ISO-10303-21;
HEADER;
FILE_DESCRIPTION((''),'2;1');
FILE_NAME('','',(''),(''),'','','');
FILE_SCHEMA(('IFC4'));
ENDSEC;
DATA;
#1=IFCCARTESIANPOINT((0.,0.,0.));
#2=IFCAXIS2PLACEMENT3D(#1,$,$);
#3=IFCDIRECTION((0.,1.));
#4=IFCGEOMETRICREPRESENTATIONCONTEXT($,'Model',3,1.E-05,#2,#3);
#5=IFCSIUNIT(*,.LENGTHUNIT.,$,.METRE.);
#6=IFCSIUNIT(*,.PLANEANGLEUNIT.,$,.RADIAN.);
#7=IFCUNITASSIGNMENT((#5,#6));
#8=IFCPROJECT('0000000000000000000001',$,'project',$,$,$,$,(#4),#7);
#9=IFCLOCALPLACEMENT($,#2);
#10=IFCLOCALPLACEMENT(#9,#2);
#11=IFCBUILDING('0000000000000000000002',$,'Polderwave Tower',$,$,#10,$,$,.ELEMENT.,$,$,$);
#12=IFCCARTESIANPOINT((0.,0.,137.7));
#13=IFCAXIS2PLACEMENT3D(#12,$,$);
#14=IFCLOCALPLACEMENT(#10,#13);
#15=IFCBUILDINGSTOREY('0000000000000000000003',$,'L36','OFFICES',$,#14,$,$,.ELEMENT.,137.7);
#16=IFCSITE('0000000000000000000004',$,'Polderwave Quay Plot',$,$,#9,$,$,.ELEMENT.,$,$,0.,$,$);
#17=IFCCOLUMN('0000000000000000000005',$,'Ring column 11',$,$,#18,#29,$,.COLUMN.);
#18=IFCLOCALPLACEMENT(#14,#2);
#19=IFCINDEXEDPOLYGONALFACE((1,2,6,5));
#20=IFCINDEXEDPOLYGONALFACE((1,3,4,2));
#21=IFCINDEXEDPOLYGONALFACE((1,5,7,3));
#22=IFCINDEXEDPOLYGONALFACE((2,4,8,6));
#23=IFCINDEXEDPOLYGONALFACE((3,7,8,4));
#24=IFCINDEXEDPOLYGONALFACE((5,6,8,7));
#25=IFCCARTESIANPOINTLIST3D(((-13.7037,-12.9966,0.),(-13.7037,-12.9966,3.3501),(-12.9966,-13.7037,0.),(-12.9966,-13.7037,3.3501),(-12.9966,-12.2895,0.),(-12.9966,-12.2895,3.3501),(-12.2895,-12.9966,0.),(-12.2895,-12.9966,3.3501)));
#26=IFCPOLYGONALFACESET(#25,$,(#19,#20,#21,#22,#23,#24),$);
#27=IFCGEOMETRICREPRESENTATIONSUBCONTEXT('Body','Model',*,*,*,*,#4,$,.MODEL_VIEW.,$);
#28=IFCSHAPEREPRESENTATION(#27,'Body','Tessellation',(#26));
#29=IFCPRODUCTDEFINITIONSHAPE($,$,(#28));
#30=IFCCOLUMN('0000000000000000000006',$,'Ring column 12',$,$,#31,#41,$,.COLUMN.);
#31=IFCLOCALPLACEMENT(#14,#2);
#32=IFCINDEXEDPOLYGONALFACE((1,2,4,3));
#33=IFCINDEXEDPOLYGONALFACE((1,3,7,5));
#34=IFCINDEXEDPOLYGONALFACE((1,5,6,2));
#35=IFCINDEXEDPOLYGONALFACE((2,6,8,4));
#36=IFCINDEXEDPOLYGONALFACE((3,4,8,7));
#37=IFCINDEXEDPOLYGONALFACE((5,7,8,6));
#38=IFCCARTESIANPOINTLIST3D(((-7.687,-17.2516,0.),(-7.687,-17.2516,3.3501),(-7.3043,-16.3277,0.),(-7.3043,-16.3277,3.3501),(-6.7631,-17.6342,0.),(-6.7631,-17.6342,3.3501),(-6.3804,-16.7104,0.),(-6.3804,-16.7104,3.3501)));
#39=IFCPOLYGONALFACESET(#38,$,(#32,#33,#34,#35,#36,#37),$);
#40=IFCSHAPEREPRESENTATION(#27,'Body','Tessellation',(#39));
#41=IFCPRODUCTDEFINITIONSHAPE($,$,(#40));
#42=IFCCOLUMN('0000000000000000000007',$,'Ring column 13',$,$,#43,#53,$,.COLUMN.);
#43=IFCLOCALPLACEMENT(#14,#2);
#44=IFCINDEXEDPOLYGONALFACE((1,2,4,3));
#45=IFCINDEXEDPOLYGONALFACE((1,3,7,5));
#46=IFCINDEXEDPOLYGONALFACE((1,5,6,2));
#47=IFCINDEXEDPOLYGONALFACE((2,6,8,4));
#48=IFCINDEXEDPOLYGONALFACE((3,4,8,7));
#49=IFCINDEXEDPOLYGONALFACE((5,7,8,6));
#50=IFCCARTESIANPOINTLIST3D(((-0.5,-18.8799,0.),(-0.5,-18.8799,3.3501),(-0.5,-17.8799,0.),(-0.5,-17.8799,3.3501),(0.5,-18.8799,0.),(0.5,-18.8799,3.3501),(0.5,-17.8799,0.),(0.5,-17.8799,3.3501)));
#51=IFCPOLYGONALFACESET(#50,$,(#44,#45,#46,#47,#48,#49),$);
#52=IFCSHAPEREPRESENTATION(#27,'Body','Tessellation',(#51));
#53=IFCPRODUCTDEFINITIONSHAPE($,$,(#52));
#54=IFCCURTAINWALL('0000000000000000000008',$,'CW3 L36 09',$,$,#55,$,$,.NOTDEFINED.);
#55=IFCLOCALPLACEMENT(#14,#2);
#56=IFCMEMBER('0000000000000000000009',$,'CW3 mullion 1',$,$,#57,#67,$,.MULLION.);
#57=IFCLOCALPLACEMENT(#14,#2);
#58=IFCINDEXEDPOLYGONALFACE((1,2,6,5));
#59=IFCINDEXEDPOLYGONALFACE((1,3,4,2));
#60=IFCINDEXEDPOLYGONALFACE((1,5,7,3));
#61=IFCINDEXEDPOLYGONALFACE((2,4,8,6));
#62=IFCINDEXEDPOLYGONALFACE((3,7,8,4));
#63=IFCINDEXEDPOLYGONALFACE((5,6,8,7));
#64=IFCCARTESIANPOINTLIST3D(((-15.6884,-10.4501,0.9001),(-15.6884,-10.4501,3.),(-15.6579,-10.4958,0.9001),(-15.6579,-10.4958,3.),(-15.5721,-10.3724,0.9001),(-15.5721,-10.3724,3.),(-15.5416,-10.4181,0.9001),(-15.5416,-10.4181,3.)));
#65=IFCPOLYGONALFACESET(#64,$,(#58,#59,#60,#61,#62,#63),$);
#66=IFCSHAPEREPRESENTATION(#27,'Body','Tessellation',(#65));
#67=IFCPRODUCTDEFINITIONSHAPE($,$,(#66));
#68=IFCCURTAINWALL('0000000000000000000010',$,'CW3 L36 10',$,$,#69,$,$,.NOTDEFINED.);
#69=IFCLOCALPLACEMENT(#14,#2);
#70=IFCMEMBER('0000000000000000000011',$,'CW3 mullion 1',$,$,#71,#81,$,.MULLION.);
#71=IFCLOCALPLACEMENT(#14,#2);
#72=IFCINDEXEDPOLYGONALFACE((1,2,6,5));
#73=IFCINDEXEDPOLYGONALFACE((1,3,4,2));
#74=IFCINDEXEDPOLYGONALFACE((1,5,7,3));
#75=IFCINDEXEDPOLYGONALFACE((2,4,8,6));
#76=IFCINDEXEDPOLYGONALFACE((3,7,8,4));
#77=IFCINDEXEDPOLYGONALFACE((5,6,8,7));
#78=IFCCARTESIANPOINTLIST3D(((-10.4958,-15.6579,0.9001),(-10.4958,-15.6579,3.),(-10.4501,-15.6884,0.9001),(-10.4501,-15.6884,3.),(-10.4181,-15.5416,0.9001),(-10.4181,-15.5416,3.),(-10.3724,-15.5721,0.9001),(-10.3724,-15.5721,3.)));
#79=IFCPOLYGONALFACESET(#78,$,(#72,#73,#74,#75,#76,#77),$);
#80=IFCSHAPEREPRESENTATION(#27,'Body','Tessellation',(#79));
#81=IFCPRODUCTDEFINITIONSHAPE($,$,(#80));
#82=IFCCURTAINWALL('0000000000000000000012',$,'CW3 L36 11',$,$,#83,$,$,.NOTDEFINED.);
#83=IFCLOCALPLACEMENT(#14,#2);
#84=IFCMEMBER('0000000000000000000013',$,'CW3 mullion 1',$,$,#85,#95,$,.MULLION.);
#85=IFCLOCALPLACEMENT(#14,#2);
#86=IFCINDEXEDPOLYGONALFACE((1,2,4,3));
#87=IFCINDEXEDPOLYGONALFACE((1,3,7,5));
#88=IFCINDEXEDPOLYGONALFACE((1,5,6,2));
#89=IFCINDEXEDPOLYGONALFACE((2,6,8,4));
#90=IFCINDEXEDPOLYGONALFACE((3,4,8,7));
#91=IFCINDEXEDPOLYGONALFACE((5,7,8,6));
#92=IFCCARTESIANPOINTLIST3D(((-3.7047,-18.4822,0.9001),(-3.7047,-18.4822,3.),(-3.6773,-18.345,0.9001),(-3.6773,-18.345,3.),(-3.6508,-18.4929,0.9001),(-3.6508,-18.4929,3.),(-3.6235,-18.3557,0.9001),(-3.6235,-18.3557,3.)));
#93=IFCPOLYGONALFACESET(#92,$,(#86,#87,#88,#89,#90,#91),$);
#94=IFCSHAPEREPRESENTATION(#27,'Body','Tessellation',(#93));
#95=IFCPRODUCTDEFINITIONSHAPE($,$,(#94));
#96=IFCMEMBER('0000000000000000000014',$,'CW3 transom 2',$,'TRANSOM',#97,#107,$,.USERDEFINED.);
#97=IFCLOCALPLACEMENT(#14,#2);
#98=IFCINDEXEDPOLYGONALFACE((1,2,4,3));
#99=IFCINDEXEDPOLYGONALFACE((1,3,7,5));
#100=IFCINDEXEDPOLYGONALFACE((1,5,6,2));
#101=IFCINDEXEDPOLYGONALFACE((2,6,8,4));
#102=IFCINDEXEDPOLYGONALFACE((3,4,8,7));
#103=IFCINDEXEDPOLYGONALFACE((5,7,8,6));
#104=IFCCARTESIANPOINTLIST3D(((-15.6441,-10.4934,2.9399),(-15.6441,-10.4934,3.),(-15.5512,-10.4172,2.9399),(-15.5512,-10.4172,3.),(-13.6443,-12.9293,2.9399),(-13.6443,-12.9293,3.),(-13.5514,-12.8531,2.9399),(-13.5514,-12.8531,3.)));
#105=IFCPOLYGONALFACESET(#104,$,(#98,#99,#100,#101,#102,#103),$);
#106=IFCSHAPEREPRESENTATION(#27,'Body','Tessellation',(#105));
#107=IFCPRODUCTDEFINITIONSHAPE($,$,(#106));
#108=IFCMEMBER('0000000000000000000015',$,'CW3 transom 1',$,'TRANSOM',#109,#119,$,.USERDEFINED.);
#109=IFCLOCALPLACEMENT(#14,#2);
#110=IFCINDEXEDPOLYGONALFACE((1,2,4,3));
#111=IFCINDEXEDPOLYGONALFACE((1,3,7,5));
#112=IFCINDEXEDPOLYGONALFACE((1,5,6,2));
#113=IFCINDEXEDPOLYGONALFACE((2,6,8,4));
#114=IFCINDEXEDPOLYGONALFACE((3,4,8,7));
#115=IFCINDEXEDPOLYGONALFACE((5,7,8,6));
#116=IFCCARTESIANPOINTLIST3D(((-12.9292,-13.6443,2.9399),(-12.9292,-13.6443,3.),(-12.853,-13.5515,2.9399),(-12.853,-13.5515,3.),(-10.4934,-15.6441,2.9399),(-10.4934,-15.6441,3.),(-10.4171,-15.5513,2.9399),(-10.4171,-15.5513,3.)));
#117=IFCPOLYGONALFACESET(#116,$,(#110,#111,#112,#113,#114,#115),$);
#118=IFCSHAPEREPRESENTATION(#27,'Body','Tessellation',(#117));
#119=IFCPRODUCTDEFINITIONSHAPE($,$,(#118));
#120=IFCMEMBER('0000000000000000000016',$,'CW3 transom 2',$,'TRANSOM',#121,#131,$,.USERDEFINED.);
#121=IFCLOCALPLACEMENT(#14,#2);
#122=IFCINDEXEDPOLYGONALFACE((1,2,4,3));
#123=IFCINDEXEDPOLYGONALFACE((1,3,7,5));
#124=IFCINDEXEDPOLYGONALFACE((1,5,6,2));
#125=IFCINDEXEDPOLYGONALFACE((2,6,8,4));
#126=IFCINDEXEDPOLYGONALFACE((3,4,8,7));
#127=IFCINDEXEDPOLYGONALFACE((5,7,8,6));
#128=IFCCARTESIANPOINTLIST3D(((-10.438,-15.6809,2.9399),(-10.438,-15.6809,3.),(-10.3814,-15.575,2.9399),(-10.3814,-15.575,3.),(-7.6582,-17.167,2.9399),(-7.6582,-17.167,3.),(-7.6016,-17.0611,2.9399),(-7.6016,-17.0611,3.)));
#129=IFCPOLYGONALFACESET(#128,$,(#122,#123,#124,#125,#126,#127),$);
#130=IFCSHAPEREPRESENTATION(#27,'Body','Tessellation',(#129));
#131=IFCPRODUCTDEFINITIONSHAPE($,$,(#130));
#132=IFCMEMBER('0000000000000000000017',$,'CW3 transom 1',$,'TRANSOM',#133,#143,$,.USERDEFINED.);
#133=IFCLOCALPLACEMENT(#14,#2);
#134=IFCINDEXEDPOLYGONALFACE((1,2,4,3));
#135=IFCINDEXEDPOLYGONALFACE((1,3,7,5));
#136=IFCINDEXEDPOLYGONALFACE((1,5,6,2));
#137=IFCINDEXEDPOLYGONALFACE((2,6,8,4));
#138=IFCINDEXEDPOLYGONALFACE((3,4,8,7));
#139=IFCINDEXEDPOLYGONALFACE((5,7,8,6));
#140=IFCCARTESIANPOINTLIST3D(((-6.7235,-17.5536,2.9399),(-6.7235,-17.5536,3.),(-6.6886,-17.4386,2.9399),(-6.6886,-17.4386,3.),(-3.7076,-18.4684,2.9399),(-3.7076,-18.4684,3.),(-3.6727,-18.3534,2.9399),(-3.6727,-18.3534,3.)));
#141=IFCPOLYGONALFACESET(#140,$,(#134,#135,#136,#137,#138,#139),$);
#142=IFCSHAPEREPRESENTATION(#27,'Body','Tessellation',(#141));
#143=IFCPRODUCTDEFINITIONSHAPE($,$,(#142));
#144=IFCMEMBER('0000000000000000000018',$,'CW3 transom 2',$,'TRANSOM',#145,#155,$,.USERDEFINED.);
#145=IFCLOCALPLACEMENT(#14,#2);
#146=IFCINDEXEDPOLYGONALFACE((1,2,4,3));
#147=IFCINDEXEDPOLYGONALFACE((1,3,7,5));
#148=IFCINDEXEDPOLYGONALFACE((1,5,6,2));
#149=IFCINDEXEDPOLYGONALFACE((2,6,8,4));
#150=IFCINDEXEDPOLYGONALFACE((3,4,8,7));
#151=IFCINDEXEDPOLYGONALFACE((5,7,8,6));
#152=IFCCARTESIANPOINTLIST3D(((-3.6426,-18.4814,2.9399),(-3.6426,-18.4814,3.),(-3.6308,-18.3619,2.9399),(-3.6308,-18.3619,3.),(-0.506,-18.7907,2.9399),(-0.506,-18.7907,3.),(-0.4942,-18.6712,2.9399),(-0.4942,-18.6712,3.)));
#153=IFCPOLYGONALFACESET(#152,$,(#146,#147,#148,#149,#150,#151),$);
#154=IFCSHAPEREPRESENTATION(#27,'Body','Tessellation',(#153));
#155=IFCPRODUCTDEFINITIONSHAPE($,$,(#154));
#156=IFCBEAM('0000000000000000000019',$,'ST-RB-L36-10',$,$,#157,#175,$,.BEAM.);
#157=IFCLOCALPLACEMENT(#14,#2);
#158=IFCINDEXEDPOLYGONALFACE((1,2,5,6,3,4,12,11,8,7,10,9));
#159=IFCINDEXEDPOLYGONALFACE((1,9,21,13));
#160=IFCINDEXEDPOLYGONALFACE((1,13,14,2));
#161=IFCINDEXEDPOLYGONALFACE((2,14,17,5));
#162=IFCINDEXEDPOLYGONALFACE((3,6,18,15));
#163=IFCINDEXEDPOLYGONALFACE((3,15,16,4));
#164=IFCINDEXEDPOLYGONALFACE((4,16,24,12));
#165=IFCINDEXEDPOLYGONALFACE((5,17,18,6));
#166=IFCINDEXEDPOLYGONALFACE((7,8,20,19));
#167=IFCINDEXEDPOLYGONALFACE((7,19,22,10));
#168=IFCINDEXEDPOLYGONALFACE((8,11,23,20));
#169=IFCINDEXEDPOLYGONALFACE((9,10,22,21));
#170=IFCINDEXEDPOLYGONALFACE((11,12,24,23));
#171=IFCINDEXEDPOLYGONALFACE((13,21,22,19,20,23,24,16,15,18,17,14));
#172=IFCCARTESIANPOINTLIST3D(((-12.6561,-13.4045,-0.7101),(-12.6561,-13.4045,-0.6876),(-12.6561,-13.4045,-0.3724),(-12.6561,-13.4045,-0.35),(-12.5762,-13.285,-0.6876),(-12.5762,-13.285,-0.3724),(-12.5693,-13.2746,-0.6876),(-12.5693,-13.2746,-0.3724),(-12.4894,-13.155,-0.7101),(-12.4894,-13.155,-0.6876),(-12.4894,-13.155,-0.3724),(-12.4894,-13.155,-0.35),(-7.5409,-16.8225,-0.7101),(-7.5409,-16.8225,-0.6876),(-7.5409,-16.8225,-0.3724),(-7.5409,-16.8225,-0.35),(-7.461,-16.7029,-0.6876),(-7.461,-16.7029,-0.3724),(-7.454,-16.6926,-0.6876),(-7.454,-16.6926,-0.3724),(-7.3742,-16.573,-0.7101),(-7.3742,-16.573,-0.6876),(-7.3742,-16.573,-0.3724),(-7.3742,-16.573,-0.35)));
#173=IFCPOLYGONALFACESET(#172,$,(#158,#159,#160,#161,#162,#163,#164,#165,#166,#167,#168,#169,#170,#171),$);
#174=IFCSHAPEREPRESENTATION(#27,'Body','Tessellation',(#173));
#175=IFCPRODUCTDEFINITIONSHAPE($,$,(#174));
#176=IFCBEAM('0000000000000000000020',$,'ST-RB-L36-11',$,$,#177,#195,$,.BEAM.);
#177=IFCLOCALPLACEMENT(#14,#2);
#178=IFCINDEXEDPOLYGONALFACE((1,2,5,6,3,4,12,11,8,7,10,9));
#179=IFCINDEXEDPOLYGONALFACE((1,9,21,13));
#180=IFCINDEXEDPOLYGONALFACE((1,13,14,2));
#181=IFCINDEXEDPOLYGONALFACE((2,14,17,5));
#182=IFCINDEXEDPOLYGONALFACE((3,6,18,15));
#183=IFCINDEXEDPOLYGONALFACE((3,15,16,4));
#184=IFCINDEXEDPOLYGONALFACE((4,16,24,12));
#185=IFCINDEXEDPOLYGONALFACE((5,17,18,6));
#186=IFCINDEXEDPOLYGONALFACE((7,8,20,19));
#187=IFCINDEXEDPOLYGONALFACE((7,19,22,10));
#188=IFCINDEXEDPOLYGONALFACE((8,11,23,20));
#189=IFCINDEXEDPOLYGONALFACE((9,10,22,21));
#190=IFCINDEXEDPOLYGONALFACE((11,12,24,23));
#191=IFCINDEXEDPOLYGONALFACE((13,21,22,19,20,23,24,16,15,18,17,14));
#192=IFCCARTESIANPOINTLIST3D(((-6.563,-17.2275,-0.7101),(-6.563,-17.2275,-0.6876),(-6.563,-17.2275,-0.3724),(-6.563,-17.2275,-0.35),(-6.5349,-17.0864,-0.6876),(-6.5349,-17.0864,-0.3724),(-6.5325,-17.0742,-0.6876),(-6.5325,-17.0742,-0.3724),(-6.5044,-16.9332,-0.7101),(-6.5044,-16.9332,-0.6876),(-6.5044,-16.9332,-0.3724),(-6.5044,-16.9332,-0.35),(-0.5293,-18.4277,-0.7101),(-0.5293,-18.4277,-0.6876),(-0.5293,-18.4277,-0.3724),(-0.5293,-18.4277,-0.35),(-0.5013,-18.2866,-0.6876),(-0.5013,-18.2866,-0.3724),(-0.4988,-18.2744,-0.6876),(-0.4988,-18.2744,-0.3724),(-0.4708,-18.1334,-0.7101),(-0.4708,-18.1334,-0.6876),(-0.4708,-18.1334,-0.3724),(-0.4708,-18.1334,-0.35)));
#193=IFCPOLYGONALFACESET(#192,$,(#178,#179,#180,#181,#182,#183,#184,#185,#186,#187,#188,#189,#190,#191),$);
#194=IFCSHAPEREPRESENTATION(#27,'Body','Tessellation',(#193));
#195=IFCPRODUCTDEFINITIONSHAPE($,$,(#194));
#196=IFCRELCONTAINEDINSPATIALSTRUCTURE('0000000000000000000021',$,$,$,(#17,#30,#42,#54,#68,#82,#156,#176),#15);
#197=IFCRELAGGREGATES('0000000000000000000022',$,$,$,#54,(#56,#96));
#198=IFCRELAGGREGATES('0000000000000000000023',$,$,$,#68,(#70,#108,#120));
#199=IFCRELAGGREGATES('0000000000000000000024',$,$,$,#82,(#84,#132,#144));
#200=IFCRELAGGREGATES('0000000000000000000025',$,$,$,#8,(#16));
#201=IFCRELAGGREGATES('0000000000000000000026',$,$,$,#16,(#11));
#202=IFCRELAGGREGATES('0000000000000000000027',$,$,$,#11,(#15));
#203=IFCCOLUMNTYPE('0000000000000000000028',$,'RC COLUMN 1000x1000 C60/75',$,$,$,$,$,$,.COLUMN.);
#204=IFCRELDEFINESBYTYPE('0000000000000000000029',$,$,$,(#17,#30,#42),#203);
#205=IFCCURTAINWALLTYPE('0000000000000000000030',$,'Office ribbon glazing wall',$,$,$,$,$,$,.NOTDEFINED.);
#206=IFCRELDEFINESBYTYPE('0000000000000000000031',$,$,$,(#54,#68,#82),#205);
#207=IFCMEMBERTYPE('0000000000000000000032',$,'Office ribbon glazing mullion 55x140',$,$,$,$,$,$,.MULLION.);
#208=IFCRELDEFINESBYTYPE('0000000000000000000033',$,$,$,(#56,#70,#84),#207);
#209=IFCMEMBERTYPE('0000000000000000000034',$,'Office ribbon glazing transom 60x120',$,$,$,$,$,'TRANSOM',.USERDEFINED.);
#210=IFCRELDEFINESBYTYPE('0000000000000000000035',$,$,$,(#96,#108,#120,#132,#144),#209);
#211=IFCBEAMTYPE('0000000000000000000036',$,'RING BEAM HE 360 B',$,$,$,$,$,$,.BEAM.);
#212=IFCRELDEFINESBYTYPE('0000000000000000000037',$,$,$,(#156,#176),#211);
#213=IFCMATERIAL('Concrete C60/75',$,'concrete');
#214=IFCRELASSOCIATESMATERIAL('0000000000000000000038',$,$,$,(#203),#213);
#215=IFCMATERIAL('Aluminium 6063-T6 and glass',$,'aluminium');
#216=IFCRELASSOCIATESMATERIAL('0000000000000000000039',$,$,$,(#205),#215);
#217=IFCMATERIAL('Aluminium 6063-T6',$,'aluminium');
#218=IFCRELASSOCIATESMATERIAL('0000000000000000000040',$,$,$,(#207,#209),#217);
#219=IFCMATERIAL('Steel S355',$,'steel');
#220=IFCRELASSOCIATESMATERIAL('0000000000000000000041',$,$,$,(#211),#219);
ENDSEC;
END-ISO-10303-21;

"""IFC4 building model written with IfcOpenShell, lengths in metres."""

from ifc_helpers import new_model, si_unit, direction, frame, origin, origin_2d, place, context, subcontext, project, spatial, rectangle, i_section, extrude, material, material_profile, profile_set, type_object, element, aggregate, save


model = new_model("IFC4")

# Units and contexts
model_context = context("Model", 3, precision=1e-05, world=origin(), true_north=direction((0.0, 1.0)))
body_context = subcontext(model_context, "Body", "Model", "MODEL_VIEW")
ifc_project = project(units=[si_unit("LENGTHUNIT", "METRE"), si_unit("PLANEANGLEUNIT", "RADIAN")], contexts=[model_context])

# Site, building, storey
site_placement = place(None, origin())
site = spatial("IfcSite", under=ifc_project, at=site_placement, Name="Polderwave Quay Plot", CompositionType="ELEMENT", RefElevation=0.0)
building_placement = place(site_placement, origin())
building = spatial("IfcBuilding", under=site, at=building_placement, Name="Polderwave Tower", CompositionType="ELEMENT")
storey_placement = place(building_placement, frame((0.0, 0.0, 137.7)))
storey = spatial("IfcBuildingStorey", under=building, at=storey_placement, Name="L36", Description="OFFICES", CompositionType="ELEMENT", Elevation=137.7)

# Columns
ifc_material_1 = material(Name="Concrete C60/75", Category="concrete")
ifc_material_profile_1 = material_profile(ifc_material_1, rectangle(XDim=1.0, YDim=1.0, at=origin_2d()), Name="RC 1000x1000")
ifc_profile_set_1 = profile_set([ifc_material_profile_1], Name="Concrete C60/75")
column_type = type_object("IfcColumnType", Name="RC COLUMN 1000x1000 C60/75", PredefinedType="COLUMN", material=ifc_profile_set_1)
for number, where, z_axis, x_axis, name in (
    (1, (-12.9966, -12.9966, 0.0), (0.0, 0.0, 1.0), (-0.707107, -0.707107, 0.0), "Ring column 11"),
    (2, (-7.0337, -16.981, 0.0), (0.0, 0.0, 1.0), (-0.382683, -0.92388, 0.0), "Ring column 12"),
    (3, (0.0, -18.3799, 0.0), (0.0, 0.0, 1.0), (0.0, -1.0, 0.0), "Ring column 13"),
):
    element("IfcColumn", number, at=place(storey_placement, frame(where, z_axis=z_axis, x_axis=x_axis)), inside=storey, type_object=column_type, Name=name, PredefinedType="COLUMN", context=body_context, shape_type="SweptSolid", body=[
        extrude(rectangle(XDim=1.0, YDim=1.0, at=origin_2d()), origin(), (0.0, 0.0, 1.0), 3.3501),
    ])

# Curtain walls, members
ifc_material_2 = material(Name="Aluminium 6063-T6 and glass", Category="aluminium")
curtain_wall_type = type_object("IfcCurtainWallType", Name="Office ribbon glazing wall", PredefinedType="NOTDEFINED", material=ifc_material_2)
curtain_wall_1_placement = place(storey_placement, origin())
curtain_wall_1 = element("IfcCurtainWall", 4, at=curtain_wall_1_placement, inside=storey, type_object=curtain_wall_type, Name="CW3 L36 09", PredefinedType="NOTDEFINED")
ifc_material_3 = material(Name="Aluminium 6063-T6", Category="aluminium")
ifc_material_profile_2 = material_profile(ifc_material_3, rectangle(XDim=0.1399, YDim=0.0549, at=origin_2d()), Name="AL 55x140")
ifc_profile_set_2 = profile_set([ifc_material_profile_2], Name="Aluminium 6063-T6")
member_type_1 = type_object("IfcMemberType", Name="Office ribbon glazing mullion 55x140", PredefinedType="MULLION", material=ifc_profile_set_2)
member_1_placement = place(storey_placement, frame((-15.615, -10.4341, 0.9001), z_axis=(0.0, 0.0, 1.0), x_axis=(0.831411, 0.555657, 0.0)))
member_1 = element("IfcMember", 5, at=member_1_placement, type_object=member_type_1, Name="CW3 mullion 1", PredefinedType="MULLION", context=body_context, shape_type="SweptSolid", body=[
    extrude(rectangle(XDim=0.1399, YDim=0.0549, at=origin_2d()), origin(), (0.0, 0.0, 1.0), 2.0999),
])
curtain_wall_2_placement = place(storey_placement, origin())
curtain_wall_2 = element("IfcCurtainWall", 6, at=curtain_wall_2_placement, inside=storey, type_object=curtain_wall_type, Name="CW3 L36 10", PredefinedType="NOTDEFINED")
member_2_placement = place(storey_placement, frame((-10.4341, -15.615, 0.9001), z_axis=(0.0, 0.0, 1.0), x_axis=(0.555657, 0.831411, 0.0)))
member_2 = element("IfcMember", 7, at=member_2_placement, type_object=member_type_1, Name="CW3 mullion 1", PredefinedType="MULLION", context=body_context, shape_type="SweptSolid", body=[
    extrude(rectangle(XDim=0.1399, YDim=0.0549, at=origin_2d()), origin(), (0.0, 0.0, 1.0), 2.0999),
])
curtain_wall_3_placement = place(storey_placement, origin())
curtain_wall_3 = element("IfcCurtainWall", 8, at=curtain_wall_3_placement, inside=storey, type_object=curtain_wall_type, Name="CW3 L36 11", PredefinedType="NOTDEFINED")
member_3_placement = place(storey_placement, frame((-3.6641, -18.4189, 0.9001), z_axis=(0.0, 0.0, 1.0), x_axis=(0.195179, 0.980768, 0.0)))
member_3 = element("IfcMember", 9, at=member_3_placement, type_object=member_type_1, Name="CW3 mullion 1", PredefinedType="MULLION", context=body_context, shape_type="SweptSolid", body=[
    extrude(rectangle(XDim=0.1399, YDim=0.0549, at=origin_2d()), origin(), (0.0, 0.0, 1.0), 2.0999),
])

# Members
ifc_material_profile_3 = material_profile(ifc_material_3, rectangle(XDim=0.1201, YDim=0.0601, at=origin_2d()), Name="AL 60x120")
ifc_profile_set_3 = profile_set([ifc_material_profile_3], Name="Aluminium 6063-T6")
member_type_2 = type_object("IfcMemberType", Name="Office ribbon glazing transom 60x120", ElementType="TRANSOM", PredefinedType="USERDEFINED", material=ifc_profile_set_3)
member_4_placement = place(storey_placement, frame((-15.5977, -10.4553, 2.97), z_axis=(0.634536, -0.772893, 0.0), x_axis=(0.772893, 0.634536, 0.0)))
member_4 = element("IfcMember", 10, at=member_4_placement, type_object=member_type_2, Name="CW3 transom 2", ObjectType="TRANSOM", PredefinedType="USERDEFINED", context=body_context, shape_type="SweptSolid", body=[
    extrude(rectangle(XDim=0.1201, YDim=0.0601, at=origin_2d()), origin(), (0.0, 0.0, 1.0), 3.1516),
])
member_5_placement = place(storey_placement, frame((-12.8911, -13.5979, 2.97), z_axis=(0.772893, -0.634536, 0.0), x_axis=(0.634536, 0.772893, 0.0)))
member_5 = element("IfcMember", 11, at=member_5_placement, type_object=member_type_2, Name="CW3 transom 1", ObjectType="TRANSOM", PredefinedType="USERDEFINED", context=body_context, shape_type="SweptSolid", body=[
    extrude(rectangle(XDim=0.1201, YDim=0.0601, at=origin_2d()), origin(), (0.0, 0.0, 1.0), 3.1516),
])
member_6_placement = place(storey_placement, frame((-10.4097, -15.6279, 2.97), z_axis=(0.881887, -0.47146, 0.0), x_axis=(0.47146, 0.881887, 0.0)))
member_6 = element("IfcMember", 12, at=member_6_placement, type_object=member_type_2, Name="CW3 transom 2", ObjectType="TRANSOM", PredefinedType="USERDEFINED", context=body_context, shape_type="SweptSolid", body=[
    extrude(rectangle(XDim=0.1201, YDim=0.0601, at=origin_2d()), origin(), (0.0, 0.0, 1.0), 3.1521),
])
member_7_placement = place(storey_placement, frame((-6.7061, -17.4961, 2.97), z_axis=(0.956946, -0.290268, 0.0), x_axis=(0.290268, 0.956946, 0.0)))
member_7 = element("IfcMember", 13, at=member_7_placement, type_object=member_type_2, Name="CW3 transom 1", ObjectType="TRANSOM", PredefinedType="USERDEFINED", context=body_context, shape_type="SweptSolid", body=[
    extrude(rectangle(XDim=0.1201, YDim=0.0601, at=origin_2d()), origin(), (0.0, 0.0, 1.0), 3.1516),
])
member_8_placement = place(storey_placement, frame((-3.6367, -18.4216, 2.97), z_axis=(0.995173, -0.098139, 0.0), x_axis=(0.098139, 0.995173, 0.0)))
member_8 = element("IfcMember", 14, at=member_8_placement, type_object=member_type_2, Name="CW3 transom 2", ObjectType="TRANSOM", PredefinedType="USERDEFINED", context=body_context, shape_type="SweptSolid", body=[
    extrude(rectangle(XDim=0.1201, YDim=0.0601, at=origin_2d()), origin(), (0.0, 0.0, 1.0), 3.1519),
])

# Beams
ifc_material_4 = material(Name="Steel S355", Category="steel")
ifc_material_profile_4 = material_profile(ifc_material_4, i_section(OverallWidth=0.3, OverallDepth=0.3601, WebThickness=0.0125, FlangeThickness=0.0225, at=origin_2d()), Name="HE 360 B")
ifc_profile_set_4 = profile_set([ifc_material_profile_4], Name="Steel S355")
beam_type = type_object("IfcBeamType", Name="RING BEAM HE 360 B", PredefinedType="BEAM", material=ifc_profile_set_4)
beam_1_placement = place(storey_placement, frame((-12.5728, -13.2798, -0.53), z_axis=(0.831464, -0.555579, 0.0), x_axis=(0.555579, 0.831464, 0.0)))
element("IfcBeam", 15, at=beam_1_placement, inside=storey, type_object=beam_type, Name="ST-RB-L36-10", PredefinedType="BEAM", context=body_context, shape_type="SweptSolid", body=[
    extrude(i_section(OverallWidth=0.3, OverallDepth=0.3601, WebThickness=0.0125, FlangeThickness=0.0225, at=origin_2d()), origin(), (0.0, 0.0, 1.0), 6.1521),
])
beam_2_placement = place(storey_placement, frame((-6.5337, -17.0803, -0.53), z_axis=(0.980785, -0.195093, 0.0), x_axis=(0.195093, 0.980785, 0.0)))
element("IfcBeam", 16, at=beam_2_placement, inside=storey, type_object=beam_type, Name="ST-RB-L36-11", PredefinedType="BEAM", context=body_context, shape_type="SweptSolid", body=[
    extrude(i_section(OverallWidth=0.3, OverallDepth=0.3601, WebThickness=0.0125, FlangeThickness=0.0225, at=origin_2d()), origin(), (0.0, 0.0, 1.0), 6.1519),
])

aggregate(curtain_wall_1, [member_1, member_4])
aggregate(curtain_wall_2, [member_2, member_5, member_6])
aggregate(curtain_wall_3, [member_3, member_7, member_8])

save(model, "model.ifc")
